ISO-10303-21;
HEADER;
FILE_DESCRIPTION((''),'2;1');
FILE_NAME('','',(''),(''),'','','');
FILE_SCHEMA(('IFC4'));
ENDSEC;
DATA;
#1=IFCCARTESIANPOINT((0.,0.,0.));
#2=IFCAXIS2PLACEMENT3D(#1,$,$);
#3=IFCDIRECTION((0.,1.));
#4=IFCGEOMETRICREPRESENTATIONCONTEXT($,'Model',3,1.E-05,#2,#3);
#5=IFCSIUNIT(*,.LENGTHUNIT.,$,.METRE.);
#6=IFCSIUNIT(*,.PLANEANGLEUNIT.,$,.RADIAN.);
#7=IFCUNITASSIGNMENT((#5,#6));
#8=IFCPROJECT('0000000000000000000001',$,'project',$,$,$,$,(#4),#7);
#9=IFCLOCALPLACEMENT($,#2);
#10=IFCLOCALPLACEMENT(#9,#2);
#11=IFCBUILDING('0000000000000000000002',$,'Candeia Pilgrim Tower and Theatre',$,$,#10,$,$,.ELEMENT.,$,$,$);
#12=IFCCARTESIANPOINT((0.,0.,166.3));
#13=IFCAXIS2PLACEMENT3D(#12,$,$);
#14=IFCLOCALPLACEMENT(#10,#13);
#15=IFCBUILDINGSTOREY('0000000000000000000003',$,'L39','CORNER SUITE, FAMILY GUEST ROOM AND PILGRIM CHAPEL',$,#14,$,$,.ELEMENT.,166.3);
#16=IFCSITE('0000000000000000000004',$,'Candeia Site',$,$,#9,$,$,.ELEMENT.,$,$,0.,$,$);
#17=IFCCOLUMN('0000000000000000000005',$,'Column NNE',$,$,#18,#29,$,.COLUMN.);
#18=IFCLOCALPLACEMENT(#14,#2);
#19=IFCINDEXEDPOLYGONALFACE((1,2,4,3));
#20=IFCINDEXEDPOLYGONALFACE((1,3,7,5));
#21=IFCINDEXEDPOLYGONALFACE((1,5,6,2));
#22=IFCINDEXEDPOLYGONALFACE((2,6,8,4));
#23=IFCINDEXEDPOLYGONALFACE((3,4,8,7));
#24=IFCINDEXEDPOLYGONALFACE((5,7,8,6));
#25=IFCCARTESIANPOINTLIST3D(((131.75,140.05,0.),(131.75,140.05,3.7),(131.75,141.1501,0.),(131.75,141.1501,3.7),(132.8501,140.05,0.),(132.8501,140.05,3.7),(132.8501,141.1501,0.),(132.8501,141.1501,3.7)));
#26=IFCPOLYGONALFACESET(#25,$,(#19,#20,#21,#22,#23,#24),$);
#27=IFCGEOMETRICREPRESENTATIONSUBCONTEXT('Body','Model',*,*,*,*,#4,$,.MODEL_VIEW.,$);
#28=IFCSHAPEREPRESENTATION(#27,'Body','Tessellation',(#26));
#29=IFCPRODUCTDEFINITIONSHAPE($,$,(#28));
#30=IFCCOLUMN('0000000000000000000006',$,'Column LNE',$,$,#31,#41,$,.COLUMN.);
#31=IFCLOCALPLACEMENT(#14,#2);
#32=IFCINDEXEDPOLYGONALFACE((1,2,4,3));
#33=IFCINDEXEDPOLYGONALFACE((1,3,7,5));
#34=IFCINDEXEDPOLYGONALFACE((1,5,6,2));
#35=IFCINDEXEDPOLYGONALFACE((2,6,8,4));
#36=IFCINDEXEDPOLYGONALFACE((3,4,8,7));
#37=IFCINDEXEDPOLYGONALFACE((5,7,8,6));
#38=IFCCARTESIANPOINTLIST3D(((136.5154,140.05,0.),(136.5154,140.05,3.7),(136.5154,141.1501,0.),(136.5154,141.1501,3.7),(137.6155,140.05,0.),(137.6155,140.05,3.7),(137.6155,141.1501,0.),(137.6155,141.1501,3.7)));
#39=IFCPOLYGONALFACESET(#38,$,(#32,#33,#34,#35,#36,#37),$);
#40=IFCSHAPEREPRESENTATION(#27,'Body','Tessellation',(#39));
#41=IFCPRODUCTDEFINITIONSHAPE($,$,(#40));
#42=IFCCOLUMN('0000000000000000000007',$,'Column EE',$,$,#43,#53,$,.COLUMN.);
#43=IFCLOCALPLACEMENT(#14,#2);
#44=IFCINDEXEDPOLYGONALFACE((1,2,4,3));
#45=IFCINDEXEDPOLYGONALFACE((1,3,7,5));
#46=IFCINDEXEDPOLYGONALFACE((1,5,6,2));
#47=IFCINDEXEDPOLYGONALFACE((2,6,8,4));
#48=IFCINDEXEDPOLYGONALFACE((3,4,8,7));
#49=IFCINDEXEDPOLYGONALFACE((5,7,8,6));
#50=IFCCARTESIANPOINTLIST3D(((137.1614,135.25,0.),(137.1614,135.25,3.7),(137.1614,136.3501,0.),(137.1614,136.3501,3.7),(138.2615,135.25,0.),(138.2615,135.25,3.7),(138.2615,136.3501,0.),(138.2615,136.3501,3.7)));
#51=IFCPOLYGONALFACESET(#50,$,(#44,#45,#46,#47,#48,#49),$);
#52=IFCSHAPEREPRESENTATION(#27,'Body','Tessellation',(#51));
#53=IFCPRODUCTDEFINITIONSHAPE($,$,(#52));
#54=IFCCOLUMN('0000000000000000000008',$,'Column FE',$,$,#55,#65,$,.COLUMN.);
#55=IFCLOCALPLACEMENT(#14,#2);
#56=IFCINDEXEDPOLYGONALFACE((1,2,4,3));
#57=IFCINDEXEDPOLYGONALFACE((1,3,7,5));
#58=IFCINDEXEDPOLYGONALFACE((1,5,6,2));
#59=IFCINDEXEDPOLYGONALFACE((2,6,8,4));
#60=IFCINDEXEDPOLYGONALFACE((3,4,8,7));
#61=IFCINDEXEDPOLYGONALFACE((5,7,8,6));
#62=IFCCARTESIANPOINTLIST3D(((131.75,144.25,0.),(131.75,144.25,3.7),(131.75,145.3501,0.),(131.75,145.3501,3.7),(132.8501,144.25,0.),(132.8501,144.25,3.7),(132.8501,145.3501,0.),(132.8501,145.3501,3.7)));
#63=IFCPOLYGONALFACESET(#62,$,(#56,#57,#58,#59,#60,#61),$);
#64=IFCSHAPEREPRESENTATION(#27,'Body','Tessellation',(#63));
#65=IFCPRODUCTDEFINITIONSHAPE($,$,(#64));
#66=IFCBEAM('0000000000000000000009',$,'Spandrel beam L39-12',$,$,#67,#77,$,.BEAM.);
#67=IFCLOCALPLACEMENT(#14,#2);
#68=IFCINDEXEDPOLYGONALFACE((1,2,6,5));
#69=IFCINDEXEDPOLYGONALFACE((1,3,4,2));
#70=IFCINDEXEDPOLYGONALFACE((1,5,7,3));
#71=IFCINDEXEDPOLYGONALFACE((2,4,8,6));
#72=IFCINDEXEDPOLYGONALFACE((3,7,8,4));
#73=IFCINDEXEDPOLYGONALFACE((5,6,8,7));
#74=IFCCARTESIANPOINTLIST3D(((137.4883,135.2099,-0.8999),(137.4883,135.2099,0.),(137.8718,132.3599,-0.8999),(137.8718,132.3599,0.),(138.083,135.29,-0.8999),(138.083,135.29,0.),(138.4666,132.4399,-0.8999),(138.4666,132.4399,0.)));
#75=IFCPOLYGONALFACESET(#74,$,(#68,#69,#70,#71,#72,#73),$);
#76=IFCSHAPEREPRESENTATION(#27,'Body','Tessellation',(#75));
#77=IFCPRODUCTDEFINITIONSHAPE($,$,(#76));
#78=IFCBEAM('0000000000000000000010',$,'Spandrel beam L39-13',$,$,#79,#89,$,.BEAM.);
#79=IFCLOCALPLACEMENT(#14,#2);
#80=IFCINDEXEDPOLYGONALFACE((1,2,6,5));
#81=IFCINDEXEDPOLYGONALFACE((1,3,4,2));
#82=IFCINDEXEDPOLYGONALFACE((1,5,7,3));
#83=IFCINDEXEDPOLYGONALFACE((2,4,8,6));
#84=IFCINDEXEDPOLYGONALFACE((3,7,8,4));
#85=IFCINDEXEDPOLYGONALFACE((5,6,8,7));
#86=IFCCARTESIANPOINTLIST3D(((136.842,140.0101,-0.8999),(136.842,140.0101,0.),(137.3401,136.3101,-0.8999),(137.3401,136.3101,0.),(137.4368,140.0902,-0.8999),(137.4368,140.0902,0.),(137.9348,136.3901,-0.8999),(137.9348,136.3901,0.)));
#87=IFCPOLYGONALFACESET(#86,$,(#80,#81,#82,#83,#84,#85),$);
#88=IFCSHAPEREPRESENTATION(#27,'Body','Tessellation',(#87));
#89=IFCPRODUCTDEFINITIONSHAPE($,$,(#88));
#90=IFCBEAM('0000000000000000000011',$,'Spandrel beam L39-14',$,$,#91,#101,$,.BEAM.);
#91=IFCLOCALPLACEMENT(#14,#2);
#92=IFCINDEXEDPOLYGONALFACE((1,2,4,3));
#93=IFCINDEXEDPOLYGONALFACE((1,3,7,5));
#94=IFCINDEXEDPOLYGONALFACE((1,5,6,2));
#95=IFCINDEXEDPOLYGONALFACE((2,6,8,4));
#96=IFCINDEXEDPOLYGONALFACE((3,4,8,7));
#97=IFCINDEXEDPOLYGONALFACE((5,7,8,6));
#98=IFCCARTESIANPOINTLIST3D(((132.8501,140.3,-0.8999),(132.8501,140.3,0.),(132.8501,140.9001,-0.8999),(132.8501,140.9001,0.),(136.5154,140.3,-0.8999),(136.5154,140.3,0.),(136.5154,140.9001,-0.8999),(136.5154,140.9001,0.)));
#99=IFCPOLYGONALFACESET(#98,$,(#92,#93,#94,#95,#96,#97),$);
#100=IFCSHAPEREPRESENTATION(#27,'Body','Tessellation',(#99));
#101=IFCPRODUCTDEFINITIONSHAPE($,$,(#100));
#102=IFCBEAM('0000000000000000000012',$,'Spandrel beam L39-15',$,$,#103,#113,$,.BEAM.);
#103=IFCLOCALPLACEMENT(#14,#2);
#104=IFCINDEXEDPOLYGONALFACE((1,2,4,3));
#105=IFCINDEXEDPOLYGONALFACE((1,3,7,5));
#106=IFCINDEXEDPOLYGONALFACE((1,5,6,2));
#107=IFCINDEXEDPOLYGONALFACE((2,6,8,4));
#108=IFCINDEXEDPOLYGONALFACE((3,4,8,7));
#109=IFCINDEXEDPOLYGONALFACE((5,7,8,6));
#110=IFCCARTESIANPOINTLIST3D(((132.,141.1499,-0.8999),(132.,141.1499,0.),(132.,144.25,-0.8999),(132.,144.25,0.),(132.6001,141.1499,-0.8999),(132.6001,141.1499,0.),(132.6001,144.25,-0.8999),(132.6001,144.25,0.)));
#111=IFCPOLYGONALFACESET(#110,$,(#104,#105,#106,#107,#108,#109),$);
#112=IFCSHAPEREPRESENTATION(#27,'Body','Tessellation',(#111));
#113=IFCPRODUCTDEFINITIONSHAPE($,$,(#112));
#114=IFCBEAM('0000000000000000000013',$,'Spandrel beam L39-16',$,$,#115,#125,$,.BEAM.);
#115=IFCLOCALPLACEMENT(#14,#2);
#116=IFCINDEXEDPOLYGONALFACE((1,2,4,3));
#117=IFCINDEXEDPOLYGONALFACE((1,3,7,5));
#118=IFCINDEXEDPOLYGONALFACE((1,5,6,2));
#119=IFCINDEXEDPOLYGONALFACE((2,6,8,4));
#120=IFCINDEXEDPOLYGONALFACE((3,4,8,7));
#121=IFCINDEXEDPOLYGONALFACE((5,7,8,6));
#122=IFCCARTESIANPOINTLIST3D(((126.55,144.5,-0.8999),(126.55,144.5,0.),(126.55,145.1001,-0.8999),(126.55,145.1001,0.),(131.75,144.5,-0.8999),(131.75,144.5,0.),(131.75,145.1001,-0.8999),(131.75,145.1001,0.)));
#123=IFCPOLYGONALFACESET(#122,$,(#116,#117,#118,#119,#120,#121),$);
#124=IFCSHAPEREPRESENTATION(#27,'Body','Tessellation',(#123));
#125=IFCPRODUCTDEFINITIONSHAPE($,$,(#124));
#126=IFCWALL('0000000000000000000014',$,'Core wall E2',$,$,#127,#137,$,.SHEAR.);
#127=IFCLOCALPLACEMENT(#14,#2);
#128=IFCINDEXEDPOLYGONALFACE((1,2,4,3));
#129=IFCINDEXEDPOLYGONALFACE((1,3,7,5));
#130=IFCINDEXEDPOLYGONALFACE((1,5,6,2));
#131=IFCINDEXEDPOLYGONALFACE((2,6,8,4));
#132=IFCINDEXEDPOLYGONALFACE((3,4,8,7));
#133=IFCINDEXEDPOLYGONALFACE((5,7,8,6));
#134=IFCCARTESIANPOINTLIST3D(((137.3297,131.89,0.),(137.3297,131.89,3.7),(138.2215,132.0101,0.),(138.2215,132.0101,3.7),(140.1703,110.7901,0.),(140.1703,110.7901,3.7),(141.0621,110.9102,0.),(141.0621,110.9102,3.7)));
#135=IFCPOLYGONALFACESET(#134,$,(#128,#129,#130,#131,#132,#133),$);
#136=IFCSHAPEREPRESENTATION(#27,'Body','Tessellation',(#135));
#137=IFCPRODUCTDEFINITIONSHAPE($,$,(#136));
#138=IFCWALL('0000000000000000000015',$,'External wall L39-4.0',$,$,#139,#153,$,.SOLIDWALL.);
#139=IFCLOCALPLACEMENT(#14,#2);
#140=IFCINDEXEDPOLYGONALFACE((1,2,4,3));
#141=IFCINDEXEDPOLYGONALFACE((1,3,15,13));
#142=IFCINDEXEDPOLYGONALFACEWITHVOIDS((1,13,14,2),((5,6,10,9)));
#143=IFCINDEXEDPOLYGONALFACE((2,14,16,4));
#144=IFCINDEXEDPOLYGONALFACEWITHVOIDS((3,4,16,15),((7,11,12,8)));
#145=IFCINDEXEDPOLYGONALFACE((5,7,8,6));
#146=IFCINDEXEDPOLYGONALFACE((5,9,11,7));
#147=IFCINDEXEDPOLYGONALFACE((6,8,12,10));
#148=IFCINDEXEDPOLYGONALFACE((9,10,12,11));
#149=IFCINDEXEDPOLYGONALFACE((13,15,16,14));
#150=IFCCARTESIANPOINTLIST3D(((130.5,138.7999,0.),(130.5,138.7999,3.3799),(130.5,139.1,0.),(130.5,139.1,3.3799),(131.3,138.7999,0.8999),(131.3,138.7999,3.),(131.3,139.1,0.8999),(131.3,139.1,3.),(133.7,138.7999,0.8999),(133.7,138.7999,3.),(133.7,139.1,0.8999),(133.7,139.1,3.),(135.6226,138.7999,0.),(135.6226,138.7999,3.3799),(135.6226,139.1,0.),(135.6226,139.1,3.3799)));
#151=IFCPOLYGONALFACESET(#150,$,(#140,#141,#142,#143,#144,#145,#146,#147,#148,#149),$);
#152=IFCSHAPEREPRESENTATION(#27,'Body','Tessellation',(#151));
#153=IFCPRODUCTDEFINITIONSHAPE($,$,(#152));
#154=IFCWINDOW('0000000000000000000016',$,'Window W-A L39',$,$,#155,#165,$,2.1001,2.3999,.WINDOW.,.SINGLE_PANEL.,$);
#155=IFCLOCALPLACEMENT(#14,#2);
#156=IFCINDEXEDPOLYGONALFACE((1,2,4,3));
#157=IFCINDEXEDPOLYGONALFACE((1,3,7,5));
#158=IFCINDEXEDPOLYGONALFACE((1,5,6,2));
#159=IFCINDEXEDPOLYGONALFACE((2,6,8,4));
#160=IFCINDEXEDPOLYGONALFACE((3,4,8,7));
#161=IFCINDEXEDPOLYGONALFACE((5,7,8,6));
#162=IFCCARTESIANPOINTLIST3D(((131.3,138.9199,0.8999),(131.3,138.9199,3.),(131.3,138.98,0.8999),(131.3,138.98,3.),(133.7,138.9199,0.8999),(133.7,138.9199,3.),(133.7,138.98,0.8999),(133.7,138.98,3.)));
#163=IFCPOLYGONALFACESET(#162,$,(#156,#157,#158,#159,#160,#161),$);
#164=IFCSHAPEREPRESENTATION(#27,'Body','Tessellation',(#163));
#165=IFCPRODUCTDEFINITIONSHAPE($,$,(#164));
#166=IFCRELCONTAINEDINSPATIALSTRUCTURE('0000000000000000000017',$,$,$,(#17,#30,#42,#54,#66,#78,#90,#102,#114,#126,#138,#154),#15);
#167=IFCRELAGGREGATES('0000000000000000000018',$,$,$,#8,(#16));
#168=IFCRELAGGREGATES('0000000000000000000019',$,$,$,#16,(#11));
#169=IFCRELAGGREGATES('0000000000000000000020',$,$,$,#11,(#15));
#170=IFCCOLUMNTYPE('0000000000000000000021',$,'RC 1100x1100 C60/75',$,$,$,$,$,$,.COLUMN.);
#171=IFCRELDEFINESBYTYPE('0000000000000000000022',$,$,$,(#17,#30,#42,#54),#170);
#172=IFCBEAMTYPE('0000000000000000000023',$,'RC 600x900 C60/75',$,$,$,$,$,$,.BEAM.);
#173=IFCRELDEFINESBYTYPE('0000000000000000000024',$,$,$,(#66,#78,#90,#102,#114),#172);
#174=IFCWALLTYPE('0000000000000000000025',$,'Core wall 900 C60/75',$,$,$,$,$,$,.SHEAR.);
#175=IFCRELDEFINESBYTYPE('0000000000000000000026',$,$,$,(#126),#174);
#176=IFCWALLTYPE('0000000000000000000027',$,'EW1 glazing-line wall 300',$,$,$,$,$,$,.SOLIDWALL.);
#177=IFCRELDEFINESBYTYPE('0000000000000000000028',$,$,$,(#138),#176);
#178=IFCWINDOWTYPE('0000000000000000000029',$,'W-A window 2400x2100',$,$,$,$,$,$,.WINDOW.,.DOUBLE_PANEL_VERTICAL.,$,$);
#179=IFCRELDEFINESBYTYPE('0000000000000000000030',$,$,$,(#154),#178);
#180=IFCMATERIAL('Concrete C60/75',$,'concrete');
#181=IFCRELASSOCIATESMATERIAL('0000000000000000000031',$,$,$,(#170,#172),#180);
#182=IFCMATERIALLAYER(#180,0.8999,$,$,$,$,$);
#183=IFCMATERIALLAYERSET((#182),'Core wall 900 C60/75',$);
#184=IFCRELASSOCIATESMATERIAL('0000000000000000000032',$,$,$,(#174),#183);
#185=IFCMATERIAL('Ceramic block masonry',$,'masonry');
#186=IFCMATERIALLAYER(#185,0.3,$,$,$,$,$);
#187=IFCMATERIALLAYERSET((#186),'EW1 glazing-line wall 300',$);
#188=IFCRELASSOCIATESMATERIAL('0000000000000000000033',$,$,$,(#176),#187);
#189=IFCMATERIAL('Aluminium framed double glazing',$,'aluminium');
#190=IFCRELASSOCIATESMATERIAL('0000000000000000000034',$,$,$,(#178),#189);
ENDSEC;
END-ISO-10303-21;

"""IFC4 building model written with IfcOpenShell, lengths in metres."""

from ifc_helpers import new_model, si_unit, direction, frame, frame_2d, origin, origin_2d, place, context, subcontext, project, spatial, rectangle, extrude, material, layer, layer_set, material_profile, profile_set, type_object, element, fill, save


model = new_model("IFC4")

# Units and contexts
model_context = context("Model", 3, precision=1e-05, world=origin(), true_north=direction((0.0, 1.0)))
body_context = subcontext(model_context, "Body", "Model", "MODEL_VIEW")
ifc_project = project(units=[si_unit("LENGTHUNIT", "METRE"), si_unit("PLANEANGLEUNIT", "RADIAN")], contexts=[model_context])

# Site, building, storey
site_placement = place(None, origin())
site = spatial("IfcSite", under=ifc_project, at=site_placement, Name="Candeia Site", CompositionType="ELEMENT", RefElevation=0.0)
building_placement = place(site_placement, origin())
building = spatial("IfcBuilding", under=site, at=building_placement, Name="Candeia Pilgrim Tower and Theatre", CompositionType="ELEMENT")
storey_placement = place(building_placement, frame((0.0, 0.0, 166.3)))
storey = spatial("IfcBuildingStorey", under=building, at=storey_placement, Name="L39", Description="CORNER SUITE, FAMILY GUEST ROOM AND PILGRIM CHAPEL", CompositionType="ELEMENT", Elevation=166.3)

# Columns
ifc_material_1 = material(Name="Concrete C60/75", Category="concrete")
ifc_material_profile_1 = material_profile(ifc_material_1, rectangle(XDim=1.1001, YDim=1.1001, at=origin_2d()))
ifc_profile_set_1 = profile_set([ifc_material_profile_1], Name="Concrete C60/75")
column_type = type_object("IfcColumnType", Name="RC 1100x1100 C60/75", PredefinedType="COLUMN", material=ifc_profile_set_1)
for number, where, z_axis, x_axis, name in (
    (1, (132.3, 140.6001, 0.0), (0.0, 0.0, 1.0), (1.0, 0.0, 0.0), "Column NNE"),
    (2, (137.0654, 140.6001, 0.0), (0.0, 0.0, 1.0), (1.0, 0.0, 0.0), "Column LNE"),
    (3, (137.7114, 135.8, 0.0), (0.0, 0.0, 1.0), (1.0, 0.0, 0.0), "Column EE"),
    (4, (132.3, 144.8, 0.0), (0.0, 0.0, 1.0), (1.0, 0.0, 0.0), "Column FE"),
):
    element("IfcColumn", number, at=place(storey_placement, frame(where, z_axis=z_axis, x_axis=x_axis)), inside=storey, type_object=column_type, Name=name, PredefinedType="COLUMN", context=body_context, shape_type="SweptSolid", body=[
        extrude(rectangle(XDim=1.1001, YDim=1.1001, at=origin_2d()), origin(), (0.0, 0.0, 1.0), 3.7),
    ])

# Beams
ifc_material_profile_2 = material_profile(ifc_material_1, rectangle(XDim=0.6001, YDim=0.8999, at=origin_2d()))
ifc_profile_set_2 = profile_set([ifc_material_profile_2], Name="Concrete C60/75")
beam_type = type_object("IfcBeamType", Name="RC 600x900 C60/75", PredefinedType="BEAM", material=ifc_profile_set_2)
beam_1_placement = place(storey_placement, frame((138.1692, 132.3999, -0.45), z_axis=(-0.13337, 0.991066, 0.0), x_axis=(-0.991066, -0.13337, 0.0)))
element("IfcBeam", 5, at=beam_1_placement, inside=storey, type_object=beam_type, Name="Spandrel beam L39-12", PredefinedType="BEAM", context=body_context, shape_type="SweptSolid", body=[
    extrude(rectangle(XDim=0.6001, YDim=0.8999, at=origin_2d()), origin(), (0.0, 0.0, 1.0), 2.8757),
])
beam_2_placement = place(storey_placement, frame((137.6375, 136.3501, -0.45), z_axis=(-0.133406, 0.991061, 0.0), x_axis=(-0.991061, -0.133406, 0.0)))
element("IfcBeam", 6, at=beam_2_placement, inside=storey, type_object=beam_type, Name="Spandrel beam L39-13", PredefinedType="BEAM", context=body_context, shape_type="SweptSolid", body=[
    extrude(rectangle(XDim=0.6001, YDim=0.8999, at=origin_2d()), origin(), (0.0, 0.0, 1.0), 3.7334),
])
beam_3_placement = place(storey_placement, frame((136.5154, 140.6001, -0.45), z_axis=(-1.0, 0.0, 0.0), x_axis=(0.0, -1.0, 0.0)))
element("IfcBeam", 7, at=beam_3_placement, inside=storey, type_object=beam_type, Name="Spandrel beam L39-14", PredefinedType="BEAM", context=body_context, shape_type="SweptSolid", body=[
    extrude(rectangle(XDim=0.6001, YDim=0.8999, at=origin_2d()), origin(), (0.0, 0.0, 1.0), 3.6653),
])
beam_4_placement = place(storey_placement, frame((132.3, 141.1499, -0.45), z_axis=(0.0, 1.0, 0.0), x_axis=(-1.0, 0.0, 0.0)))
element("IfcBeam", 8, at=beam_4_placement, inside=storey, type_object=beam_type, Name="Spandrel beam L39-15", PredefinedType="BEAM", context=body_context, shape_type="SweptSolid", body=[
    extrude(rectangle(XDim=0.6001, YDim=0.8999, at=origin_2d()), origin(), (0.0, 0.0, 1.0), 3.1001),
])
beam_5_placement = place(storey_placement, frame((131.75, 144.8, -0.45), z_axis=(-1.0, 0.0, 0.0), x_axis=(0.0, -1.0, 0.0)))
element("IfcBeam", 9, at=beam_5_placement, inside=storey, type_object=beam_type, Name="Spandrel beam L39-16", PredefinedType="BEAM", context=body_context, shape_type="SweptSolid", body=[
    extrude(rectangle(XDim=0.6001, YDim=0.8999, at=origin_2d()), origin(), (0.0, 0.0, 1.0), 5.2),
])

# Wall
ifc_layer_1 = layer(ifc_material_1, 0.8999)
ifc_layer_set_1 = layer_set([ifc_layer_1], Name="Core wall 900 C60/75")
wall_type_1 = type_object("IfcWallType", Name="Core wall 900 C60/75", PredefinedType="SHEAR", material=ifc_layer_set_1)
wall_1_placement = place(storey_placement, frame((137.7756, 131.95, 0.0), z_axis=(0.0, 0.0, 1.0), x_axis=(0.133422, -0.991059, 0.0)))
element("IfcWall", 10, at=wall_1_placement, inside=storey, type_object=wall_type_1, Name="Core wall E2", PredefinedType="SHEAR", context=body_context, shape_type="SweptSolid", body=[
    extrude(rectangle(XDim=21.2903, YDim=0.8999, at=frame_2d((10.645, 0.0))), origin(), (0.0, 0.0, 1.0), 3.7),
])

# Shared definitions
ifc_material_2 = material(Name="Ceramic block masonry", Category="masonry")
ifc_layer_2 = layer(ifc_material_2, 0.3)
ifc_layer_set_2 = layer_set([ifc_layer_2], Name="EW1 glazing-line wall 300")
wall_type_2 = type_object("IfcWallType", Name="EW1 glazing-line wall 300", PredefinedType="SOLIDWALL", material=ifc_layer_set_2)
ifc_material_3 = material(Name="Aluminium framed double glazing", Category="aluminium")
window_type = type_object("IfcWindowType", Name="W-A window 2400x2100", PartitioningType="DOUBLE_PANEL_VERTICAL", PredefinedType="WINDOW", material=ifc_material_3)

# Wall, opening, window
wall_2_placement = place(storey_placement, frame((135.6226, 138.95, 0.0), z_axis=(0.0, 0.0, 1.0), x_axis=(-1.0, 0.0, 0.0)))
wall_2 = element("IfcWall", 11, at=wall_2_placement, inside=storey, type_object=wall_type_2, Name="External wall L39-4.0", PredefinedType="SOLIDWALL", context=body_context, shape_type="SweptSolid", body=[
    extrude(rectangle(XDim=5.1226, YDim=0.3, at=frame_2d((2.5613, 0.0))), origin(), (0.0, 0.0, 1.0), 3.3799),
])
opening_1_placement = place(wall_2_placement, frame((1.9226, 0.0, 0.8999)))
opening_1 = element("IfcOpeningElement", 12, at=opening_1_placement, cuts=wall_2, PredefinedType="OPENING", context=body_context, shape_type="SweptSolid", body=[
    extrude(rectangle(XDim=2.3999, YDim=2.1001, at=frame_2d((1.2, 1.05))), frame((0.0, 0.1602, 0.0), z_axis=(0.0, -1.0, 0.0), x_axis=(1.0, 0.0, 0.0)), (0.0, 0.0, 1.0), 0.3201),
])
window_1_placement = place(opening_1_placement, origin())
window_1 = element("IfcWindow", 13, at=window_1_placement, inside=storey, type_object=window_type, Name="Window W-A L39", OverallHeight=2.1001, OverallWidth=2.3999, PartitioningType="SINGLE_PANEL", PredefinedType="WINDOW", context=body_context, shape_type="SweptSolid", body=[
    extrude(rectangle(XDim=2.3999, YDim=2.1001, at=frame_2d((1.2, 1.05))), frame((0.0, 0.03, 0.0), z_axis=(0.0, -1.0, 0.0), x_axis=(1.0, 0.0, 0.0)), (0.0, 0.0, 1.0), 0.0601),
])
fill(opening_1, window_1)

save(model, "model.ifc")
